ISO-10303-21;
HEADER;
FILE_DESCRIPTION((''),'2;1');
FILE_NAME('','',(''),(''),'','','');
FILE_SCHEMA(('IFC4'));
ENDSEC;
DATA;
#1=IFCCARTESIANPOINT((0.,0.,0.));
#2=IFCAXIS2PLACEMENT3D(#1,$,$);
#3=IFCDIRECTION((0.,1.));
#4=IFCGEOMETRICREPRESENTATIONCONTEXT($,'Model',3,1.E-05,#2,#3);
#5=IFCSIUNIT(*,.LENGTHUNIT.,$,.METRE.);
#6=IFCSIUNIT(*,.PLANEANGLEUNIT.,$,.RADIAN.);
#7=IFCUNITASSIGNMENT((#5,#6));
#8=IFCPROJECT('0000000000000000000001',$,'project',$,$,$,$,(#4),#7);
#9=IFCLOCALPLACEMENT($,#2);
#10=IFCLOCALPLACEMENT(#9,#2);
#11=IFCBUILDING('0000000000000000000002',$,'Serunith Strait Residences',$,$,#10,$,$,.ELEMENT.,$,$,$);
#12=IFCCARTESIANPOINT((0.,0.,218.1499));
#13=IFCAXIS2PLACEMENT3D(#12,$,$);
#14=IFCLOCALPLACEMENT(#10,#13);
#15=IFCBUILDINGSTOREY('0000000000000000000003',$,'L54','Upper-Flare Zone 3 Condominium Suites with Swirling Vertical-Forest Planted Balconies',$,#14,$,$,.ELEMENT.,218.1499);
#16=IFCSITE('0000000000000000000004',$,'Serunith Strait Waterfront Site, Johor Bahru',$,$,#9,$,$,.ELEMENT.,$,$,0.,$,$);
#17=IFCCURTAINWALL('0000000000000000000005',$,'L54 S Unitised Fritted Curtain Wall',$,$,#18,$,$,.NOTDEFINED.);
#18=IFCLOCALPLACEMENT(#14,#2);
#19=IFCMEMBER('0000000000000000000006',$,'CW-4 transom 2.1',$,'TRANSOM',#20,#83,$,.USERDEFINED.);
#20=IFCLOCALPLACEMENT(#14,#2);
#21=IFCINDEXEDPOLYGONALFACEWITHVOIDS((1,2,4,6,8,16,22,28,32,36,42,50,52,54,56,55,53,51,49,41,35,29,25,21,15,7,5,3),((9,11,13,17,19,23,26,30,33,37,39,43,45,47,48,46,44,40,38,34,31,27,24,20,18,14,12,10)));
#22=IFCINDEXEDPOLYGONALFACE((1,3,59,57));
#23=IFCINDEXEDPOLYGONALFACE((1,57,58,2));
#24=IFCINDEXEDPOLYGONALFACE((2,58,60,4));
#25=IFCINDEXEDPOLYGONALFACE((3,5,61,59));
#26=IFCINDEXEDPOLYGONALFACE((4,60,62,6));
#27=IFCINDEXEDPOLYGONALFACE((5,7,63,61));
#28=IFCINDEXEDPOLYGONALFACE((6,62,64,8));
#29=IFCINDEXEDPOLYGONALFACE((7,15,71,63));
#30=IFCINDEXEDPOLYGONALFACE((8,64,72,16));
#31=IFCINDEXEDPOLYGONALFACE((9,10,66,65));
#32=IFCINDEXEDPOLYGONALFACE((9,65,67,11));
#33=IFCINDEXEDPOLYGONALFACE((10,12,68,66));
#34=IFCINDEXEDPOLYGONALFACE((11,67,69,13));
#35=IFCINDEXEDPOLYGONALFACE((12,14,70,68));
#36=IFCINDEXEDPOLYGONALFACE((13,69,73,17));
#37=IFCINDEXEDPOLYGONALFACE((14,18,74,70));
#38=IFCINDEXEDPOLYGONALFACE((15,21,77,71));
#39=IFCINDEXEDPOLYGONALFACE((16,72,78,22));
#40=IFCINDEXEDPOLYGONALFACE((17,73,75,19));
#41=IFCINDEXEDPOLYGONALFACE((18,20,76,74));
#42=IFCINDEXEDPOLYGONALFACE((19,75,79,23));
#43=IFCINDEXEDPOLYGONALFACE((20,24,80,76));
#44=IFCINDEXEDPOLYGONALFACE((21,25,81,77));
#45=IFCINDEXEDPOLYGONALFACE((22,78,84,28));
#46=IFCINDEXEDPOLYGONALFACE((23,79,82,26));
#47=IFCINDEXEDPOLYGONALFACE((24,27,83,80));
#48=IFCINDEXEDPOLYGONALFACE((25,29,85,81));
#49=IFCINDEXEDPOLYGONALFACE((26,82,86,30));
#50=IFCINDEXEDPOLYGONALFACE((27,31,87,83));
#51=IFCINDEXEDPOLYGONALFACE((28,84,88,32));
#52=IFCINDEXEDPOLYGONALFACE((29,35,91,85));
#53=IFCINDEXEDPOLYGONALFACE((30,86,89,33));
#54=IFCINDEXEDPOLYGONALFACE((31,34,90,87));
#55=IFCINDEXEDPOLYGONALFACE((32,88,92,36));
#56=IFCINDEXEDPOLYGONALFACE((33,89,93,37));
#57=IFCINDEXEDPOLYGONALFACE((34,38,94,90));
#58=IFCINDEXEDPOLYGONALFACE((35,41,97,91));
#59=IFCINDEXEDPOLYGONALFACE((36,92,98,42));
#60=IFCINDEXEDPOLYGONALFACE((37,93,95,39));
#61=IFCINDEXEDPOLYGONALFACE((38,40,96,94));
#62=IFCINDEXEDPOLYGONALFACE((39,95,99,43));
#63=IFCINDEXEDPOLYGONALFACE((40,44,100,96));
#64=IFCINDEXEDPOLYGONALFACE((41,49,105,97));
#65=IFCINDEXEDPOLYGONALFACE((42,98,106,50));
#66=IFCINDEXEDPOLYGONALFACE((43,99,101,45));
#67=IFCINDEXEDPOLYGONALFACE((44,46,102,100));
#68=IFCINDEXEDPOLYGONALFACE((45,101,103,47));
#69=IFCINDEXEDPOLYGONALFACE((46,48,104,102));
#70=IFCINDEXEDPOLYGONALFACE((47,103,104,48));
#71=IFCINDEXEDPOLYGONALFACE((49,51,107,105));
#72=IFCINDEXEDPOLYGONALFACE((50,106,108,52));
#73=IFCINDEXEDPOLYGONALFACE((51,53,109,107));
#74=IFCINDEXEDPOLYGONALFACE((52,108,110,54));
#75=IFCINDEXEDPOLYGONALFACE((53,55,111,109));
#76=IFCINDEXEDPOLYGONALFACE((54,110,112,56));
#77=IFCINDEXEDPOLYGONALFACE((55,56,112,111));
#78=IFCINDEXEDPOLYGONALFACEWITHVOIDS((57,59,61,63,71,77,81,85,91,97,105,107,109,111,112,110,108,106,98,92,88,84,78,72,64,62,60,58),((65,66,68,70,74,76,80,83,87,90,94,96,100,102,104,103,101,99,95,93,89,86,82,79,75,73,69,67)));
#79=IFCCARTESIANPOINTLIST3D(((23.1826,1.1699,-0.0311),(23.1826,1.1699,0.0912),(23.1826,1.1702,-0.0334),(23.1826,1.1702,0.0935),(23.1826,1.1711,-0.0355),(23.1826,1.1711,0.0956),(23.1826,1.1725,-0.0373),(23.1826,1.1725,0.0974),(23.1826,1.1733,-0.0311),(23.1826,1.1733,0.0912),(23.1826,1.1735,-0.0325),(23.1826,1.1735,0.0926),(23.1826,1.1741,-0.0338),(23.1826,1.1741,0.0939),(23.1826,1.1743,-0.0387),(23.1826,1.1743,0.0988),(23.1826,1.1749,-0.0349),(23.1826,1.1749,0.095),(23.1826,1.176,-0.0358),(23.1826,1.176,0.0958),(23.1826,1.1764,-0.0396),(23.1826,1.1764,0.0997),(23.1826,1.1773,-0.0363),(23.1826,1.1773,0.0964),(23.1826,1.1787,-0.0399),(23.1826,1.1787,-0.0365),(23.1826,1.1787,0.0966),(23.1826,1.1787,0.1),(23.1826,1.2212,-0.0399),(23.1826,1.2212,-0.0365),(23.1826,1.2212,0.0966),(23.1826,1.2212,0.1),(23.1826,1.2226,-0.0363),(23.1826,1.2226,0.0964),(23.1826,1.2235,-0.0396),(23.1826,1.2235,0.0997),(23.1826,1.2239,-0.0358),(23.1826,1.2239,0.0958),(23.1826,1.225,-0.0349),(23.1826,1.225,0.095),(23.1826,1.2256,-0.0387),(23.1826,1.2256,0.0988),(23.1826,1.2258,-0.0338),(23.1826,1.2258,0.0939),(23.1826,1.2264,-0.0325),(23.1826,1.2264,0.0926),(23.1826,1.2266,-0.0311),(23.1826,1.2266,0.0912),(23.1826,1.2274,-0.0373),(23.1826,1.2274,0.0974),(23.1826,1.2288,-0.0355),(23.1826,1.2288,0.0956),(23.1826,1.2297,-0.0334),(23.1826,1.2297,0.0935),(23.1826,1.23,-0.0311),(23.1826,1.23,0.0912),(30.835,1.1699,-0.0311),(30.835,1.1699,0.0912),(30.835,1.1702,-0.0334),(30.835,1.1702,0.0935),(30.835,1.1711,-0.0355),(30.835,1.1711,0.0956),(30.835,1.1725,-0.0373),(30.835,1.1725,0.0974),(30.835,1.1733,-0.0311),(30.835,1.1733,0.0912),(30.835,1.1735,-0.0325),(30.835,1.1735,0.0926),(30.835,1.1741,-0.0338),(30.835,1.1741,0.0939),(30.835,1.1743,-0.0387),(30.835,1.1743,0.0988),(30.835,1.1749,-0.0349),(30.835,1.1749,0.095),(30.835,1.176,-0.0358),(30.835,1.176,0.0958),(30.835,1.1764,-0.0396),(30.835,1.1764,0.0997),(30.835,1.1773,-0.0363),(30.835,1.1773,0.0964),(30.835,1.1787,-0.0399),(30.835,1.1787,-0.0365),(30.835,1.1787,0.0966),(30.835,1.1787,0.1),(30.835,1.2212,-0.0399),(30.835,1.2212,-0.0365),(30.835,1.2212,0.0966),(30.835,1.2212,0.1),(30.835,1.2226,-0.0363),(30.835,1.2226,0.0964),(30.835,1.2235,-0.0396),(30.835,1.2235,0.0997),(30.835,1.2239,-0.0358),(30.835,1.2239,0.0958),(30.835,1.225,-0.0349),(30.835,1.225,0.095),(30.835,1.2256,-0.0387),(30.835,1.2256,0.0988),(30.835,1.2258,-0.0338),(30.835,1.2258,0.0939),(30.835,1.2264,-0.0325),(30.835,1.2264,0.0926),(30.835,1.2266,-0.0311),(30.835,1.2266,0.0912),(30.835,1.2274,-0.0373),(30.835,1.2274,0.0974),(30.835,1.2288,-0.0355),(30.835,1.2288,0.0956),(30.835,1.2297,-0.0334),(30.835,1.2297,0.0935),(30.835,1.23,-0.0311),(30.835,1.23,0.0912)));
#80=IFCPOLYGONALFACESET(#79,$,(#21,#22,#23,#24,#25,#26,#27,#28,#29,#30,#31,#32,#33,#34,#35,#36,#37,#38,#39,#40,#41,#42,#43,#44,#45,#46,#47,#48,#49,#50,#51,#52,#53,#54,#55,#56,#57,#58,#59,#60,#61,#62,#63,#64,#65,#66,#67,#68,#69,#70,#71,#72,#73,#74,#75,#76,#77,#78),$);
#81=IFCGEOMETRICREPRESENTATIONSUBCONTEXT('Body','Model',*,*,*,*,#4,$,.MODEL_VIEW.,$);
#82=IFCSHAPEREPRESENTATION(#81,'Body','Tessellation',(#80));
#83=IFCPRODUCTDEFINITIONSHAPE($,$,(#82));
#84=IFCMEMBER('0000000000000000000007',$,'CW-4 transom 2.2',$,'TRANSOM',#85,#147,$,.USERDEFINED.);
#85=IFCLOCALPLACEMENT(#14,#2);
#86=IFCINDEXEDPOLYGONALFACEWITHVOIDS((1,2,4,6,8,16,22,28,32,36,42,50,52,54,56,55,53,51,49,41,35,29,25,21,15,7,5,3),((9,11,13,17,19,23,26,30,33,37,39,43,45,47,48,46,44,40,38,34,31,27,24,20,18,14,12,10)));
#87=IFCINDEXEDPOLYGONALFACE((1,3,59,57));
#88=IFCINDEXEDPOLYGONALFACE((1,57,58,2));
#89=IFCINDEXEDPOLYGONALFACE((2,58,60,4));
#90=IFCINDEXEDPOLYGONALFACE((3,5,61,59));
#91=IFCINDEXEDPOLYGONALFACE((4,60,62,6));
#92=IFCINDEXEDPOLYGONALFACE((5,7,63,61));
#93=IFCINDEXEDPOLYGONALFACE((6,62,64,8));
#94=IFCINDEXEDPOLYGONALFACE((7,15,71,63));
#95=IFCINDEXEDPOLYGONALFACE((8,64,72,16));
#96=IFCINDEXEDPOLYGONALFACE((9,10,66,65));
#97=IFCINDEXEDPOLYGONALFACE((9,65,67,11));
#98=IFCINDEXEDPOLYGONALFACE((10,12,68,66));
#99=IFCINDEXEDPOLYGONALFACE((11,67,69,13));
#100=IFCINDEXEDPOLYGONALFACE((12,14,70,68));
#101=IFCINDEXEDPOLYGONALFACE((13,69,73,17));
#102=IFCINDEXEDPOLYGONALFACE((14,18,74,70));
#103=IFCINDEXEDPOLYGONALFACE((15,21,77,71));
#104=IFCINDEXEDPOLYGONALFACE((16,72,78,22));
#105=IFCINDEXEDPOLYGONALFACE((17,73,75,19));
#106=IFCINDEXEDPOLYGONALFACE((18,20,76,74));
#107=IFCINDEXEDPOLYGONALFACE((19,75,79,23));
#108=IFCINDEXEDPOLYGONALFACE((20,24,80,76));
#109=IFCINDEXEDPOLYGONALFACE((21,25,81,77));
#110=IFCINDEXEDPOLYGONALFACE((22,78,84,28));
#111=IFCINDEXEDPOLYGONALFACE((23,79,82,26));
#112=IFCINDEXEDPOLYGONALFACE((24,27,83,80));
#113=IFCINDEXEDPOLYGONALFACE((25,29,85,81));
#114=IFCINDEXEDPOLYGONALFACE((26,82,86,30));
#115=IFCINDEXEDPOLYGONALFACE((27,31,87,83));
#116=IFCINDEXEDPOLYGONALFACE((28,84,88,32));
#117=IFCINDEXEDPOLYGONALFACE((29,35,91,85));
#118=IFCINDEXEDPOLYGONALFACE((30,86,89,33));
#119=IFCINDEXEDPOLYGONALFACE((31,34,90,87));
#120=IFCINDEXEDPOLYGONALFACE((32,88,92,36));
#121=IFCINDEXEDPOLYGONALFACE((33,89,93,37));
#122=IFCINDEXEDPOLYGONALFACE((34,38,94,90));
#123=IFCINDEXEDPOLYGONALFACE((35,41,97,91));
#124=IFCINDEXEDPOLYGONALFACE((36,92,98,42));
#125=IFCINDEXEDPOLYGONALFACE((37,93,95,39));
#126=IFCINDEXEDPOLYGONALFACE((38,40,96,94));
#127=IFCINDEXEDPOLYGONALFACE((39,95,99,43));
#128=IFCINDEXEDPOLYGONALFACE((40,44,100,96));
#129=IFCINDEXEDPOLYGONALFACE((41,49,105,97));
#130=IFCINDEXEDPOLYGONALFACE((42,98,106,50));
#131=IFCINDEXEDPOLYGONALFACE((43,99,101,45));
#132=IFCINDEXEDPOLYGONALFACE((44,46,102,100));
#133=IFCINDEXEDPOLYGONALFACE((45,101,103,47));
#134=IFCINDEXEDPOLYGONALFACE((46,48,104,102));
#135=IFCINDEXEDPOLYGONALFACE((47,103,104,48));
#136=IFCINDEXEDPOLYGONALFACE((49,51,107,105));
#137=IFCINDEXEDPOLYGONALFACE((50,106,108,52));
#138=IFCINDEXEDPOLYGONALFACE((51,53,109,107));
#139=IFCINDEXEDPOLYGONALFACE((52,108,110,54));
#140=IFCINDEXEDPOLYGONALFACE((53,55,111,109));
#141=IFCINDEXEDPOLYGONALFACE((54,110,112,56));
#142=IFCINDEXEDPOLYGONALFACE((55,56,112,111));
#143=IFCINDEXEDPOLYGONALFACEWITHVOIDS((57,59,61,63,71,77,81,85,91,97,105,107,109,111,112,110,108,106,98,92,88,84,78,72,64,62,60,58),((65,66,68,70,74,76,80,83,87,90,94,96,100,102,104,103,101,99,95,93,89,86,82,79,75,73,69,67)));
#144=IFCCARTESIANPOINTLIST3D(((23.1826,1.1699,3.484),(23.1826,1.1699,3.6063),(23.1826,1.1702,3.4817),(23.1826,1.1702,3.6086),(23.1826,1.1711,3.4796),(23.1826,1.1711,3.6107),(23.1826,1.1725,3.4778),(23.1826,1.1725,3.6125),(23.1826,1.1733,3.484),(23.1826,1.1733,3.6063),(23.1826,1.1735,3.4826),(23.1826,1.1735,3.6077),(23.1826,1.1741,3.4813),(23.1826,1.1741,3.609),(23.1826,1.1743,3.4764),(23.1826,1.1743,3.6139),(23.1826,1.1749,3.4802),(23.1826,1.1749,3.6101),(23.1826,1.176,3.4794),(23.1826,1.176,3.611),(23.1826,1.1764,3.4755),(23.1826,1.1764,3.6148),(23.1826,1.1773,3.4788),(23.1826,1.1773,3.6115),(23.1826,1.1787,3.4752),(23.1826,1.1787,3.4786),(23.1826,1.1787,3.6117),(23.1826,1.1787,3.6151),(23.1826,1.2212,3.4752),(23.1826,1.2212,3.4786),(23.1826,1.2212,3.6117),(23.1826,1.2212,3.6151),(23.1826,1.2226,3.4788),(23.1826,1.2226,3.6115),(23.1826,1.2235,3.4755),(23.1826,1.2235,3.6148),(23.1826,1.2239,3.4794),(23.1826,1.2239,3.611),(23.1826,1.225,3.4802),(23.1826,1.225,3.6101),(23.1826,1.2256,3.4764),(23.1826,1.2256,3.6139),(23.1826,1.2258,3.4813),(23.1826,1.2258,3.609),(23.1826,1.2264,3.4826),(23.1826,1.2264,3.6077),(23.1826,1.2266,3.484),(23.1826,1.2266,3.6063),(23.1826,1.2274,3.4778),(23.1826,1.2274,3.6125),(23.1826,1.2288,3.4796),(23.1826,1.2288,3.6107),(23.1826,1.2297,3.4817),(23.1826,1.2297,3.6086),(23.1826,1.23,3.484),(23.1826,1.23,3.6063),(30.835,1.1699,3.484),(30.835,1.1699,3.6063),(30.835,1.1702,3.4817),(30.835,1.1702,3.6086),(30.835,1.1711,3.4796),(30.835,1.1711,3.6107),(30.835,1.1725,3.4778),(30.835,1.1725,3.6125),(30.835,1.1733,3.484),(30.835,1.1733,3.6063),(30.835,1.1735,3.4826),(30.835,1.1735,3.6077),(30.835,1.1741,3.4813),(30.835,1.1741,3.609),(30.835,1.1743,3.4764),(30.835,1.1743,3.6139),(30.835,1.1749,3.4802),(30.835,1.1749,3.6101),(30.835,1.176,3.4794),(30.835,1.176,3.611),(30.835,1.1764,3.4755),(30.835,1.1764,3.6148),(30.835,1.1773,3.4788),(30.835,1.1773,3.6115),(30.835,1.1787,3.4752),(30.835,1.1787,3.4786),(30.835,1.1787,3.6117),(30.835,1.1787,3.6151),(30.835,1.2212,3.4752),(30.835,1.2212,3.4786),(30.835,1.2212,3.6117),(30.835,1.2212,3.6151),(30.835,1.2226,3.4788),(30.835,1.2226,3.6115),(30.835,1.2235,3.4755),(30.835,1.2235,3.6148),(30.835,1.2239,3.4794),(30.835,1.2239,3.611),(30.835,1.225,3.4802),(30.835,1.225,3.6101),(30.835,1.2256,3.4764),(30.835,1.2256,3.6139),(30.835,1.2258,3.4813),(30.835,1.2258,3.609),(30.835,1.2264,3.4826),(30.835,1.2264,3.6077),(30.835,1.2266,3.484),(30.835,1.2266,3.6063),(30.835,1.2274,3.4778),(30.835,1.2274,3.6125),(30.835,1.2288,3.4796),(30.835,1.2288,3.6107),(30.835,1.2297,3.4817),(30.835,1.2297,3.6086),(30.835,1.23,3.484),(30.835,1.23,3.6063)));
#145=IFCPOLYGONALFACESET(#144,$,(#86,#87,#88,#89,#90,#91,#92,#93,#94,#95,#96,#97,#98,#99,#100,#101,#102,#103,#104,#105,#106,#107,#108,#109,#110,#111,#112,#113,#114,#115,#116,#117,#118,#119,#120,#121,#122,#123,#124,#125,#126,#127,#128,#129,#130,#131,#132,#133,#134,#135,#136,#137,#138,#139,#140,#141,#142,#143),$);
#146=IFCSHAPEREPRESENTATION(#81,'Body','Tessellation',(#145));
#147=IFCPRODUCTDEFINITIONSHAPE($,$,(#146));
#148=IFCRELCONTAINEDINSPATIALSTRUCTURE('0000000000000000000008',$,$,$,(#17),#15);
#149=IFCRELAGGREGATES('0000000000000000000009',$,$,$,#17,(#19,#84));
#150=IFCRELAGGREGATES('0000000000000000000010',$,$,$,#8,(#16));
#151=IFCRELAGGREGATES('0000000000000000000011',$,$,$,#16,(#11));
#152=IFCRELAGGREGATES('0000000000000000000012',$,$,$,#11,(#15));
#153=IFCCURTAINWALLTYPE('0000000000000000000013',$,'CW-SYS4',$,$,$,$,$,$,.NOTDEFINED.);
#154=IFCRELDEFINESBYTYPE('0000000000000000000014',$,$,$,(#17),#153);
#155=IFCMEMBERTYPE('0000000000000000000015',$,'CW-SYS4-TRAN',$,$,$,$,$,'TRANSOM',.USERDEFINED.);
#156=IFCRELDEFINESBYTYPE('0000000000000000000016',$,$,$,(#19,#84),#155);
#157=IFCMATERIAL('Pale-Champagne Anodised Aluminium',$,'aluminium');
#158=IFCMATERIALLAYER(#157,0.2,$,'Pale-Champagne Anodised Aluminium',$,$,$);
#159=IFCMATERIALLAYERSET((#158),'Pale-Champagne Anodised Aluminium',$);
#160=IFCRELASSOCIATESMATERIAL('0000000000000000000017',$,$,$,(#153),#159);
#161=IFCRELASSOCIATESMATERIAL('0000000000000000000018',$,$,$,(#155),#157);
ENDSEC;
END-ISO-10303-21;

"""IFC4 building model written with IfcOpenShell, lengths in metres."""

from ifc_helpers import new_model, si_unit, direction, frame, origin, origin_2d, place, context, subcontext, project, spatial, hollow_rectangle, extrude, source, transform, mapped, material, layer, layer_set, material_profile, profile_set, type_object, element, aggregate, save


model = new_model("IFC4")

# Units and contexts
model_context = context("Model", 3, precision=1e-05, world=origin(), true_north=direction((0.0, 1.0)))
body_context = subcontext(model_context, "Body", "Model", "MODEL_VIEW")
ifc_project = project(units=[si_unit("LENGTHUNIT", "METRE"), si_unit("PLANEANGLEUNIT", "RADIAN")], contexts=[model_context])

# Site, building, storey
site_placement = place(None, origin())
site = spatial("IfcSite", under=ifc_project, at=site_placement, Name="Serunith Strait Waterfront Site, Johor Bahru", CompositionType="ELEMENT", RefElevation=0.0)
building_placement = place(site_placement, origin())
building = spatial("IfcBuilding", under=site, at=building_placement, Name="Serunith Strait Residences", CompositionType="ELEMENT")
storey_placement = place(building_placement, frame((0.0, 0.0, 218.1499)))
storey = spatial("IfcBuildingStorey", under=building, at=storey_placement, Name="L54", Description="Upper-Flare Zone 3 Condominium Suites with Swirling Vertical-Forest Planted Balconies", CompositionType="ELEMENT", Elevation=218.1499)

# Curtain wall, members
ifc_material_1 = material(Name="Pale-Champagne Anodised Aluminium", Category="aluminium")
ifc_layer_1 = layer(ifc_material_1, 0.2, Name="Pale-Champagne Anodised Aluminium")
ifc_layer_set_1 = layer_set([ifc_layer_1], Name="Pale-Champagne Anodised Aluminium")
curtain_wall_type = type_object("IfcCurtainWallType", Name="CW-SYS4", PredefinedType="NOTDEFINED", material=ifc_layer_set_1)
curtain_wall_placement = place(storey_placement, origin())
curtain_wall = element("IfcCurtainWall", 1, at=curtain_wall_placement, inside=storey, type_object=curtain_wall_type, Name="L54 S Unitised Fritted Curtain Wall", PredefinedType="NOTDEFINED")
ifc_material_profile_1 = material_profile(ifc_material_1, hollow_rectangle(XDim=0.0601, YDim=0.1399, WallThickness=0.0034, InnerFilletRadius=0.0054, OuterFilletRadius=0.0088, at=origin_2d()), Name="ALU 140x60x3.5")
ifc_profile_set_1 = profile_set([ifc_material_profile_1], Name="Pale-Champagne Anodised Aluminium")
member_type_1 = type_object("IfcMemberType", Name="CW-SYS4-TRAN", ElementType="TRANSOM", PredefinedType="USERDEFINED", material=ifc_profile_set_1)
shared_shape_1 = source(origin(), body_context, "Body", "SweptSolid", [
    extrude(hollow_rectangle(XDim=0.0601, YDim=0.1399, WallThickness=0.0034, InnerFilletRadius=0.0054, OuterFilletRadius=0.0088, at=origin_2d()), origin(), (0.0, 0.0, 1.0), 7.6523),
])
member_1_placement = place(storey_placement, frame((23.1826, 1.2, 0.03), z_axis=(1.0, 0.0, 0.0), x_axis=(0.0, 1.0, 0.0)))
member_1 = element("IfcMember", 2, at=member_1_placement, type_object=member_type_1, Name="CW-4 transom 2.1", ObjectType="TRANSOM", PredefinedType="USERDEFINED", context=body_context, shape_type="MappedRepresentation", body=[
    mapped(shared_shape_1, transform((0.0, 0.0, 0.0), scale=1.0)),
])
member_2_placement = place(storey_placement, frame((23.1826, 1.2, 3.5452), z_axis=(1.0, 0.0, 0.0), x_axis=(0.0, 1.0, 0.0)))
member_2 = element("IfcMember", 3, at=member_2_placement, type_object=member_type_1, Name="CW-4 transom 2.2", ObjectType="TRANSOM", PredefinedType="USERDEFINED", context=body_context, shape_type="MappedRepresentation", body=[
    mapped(shared_shape_1, transform((0.0, 0.0, 0.0), scale=1.0)),
])
aggregate(curtain_wall, [member_1, member_2])

save(model, "model.ifc")
